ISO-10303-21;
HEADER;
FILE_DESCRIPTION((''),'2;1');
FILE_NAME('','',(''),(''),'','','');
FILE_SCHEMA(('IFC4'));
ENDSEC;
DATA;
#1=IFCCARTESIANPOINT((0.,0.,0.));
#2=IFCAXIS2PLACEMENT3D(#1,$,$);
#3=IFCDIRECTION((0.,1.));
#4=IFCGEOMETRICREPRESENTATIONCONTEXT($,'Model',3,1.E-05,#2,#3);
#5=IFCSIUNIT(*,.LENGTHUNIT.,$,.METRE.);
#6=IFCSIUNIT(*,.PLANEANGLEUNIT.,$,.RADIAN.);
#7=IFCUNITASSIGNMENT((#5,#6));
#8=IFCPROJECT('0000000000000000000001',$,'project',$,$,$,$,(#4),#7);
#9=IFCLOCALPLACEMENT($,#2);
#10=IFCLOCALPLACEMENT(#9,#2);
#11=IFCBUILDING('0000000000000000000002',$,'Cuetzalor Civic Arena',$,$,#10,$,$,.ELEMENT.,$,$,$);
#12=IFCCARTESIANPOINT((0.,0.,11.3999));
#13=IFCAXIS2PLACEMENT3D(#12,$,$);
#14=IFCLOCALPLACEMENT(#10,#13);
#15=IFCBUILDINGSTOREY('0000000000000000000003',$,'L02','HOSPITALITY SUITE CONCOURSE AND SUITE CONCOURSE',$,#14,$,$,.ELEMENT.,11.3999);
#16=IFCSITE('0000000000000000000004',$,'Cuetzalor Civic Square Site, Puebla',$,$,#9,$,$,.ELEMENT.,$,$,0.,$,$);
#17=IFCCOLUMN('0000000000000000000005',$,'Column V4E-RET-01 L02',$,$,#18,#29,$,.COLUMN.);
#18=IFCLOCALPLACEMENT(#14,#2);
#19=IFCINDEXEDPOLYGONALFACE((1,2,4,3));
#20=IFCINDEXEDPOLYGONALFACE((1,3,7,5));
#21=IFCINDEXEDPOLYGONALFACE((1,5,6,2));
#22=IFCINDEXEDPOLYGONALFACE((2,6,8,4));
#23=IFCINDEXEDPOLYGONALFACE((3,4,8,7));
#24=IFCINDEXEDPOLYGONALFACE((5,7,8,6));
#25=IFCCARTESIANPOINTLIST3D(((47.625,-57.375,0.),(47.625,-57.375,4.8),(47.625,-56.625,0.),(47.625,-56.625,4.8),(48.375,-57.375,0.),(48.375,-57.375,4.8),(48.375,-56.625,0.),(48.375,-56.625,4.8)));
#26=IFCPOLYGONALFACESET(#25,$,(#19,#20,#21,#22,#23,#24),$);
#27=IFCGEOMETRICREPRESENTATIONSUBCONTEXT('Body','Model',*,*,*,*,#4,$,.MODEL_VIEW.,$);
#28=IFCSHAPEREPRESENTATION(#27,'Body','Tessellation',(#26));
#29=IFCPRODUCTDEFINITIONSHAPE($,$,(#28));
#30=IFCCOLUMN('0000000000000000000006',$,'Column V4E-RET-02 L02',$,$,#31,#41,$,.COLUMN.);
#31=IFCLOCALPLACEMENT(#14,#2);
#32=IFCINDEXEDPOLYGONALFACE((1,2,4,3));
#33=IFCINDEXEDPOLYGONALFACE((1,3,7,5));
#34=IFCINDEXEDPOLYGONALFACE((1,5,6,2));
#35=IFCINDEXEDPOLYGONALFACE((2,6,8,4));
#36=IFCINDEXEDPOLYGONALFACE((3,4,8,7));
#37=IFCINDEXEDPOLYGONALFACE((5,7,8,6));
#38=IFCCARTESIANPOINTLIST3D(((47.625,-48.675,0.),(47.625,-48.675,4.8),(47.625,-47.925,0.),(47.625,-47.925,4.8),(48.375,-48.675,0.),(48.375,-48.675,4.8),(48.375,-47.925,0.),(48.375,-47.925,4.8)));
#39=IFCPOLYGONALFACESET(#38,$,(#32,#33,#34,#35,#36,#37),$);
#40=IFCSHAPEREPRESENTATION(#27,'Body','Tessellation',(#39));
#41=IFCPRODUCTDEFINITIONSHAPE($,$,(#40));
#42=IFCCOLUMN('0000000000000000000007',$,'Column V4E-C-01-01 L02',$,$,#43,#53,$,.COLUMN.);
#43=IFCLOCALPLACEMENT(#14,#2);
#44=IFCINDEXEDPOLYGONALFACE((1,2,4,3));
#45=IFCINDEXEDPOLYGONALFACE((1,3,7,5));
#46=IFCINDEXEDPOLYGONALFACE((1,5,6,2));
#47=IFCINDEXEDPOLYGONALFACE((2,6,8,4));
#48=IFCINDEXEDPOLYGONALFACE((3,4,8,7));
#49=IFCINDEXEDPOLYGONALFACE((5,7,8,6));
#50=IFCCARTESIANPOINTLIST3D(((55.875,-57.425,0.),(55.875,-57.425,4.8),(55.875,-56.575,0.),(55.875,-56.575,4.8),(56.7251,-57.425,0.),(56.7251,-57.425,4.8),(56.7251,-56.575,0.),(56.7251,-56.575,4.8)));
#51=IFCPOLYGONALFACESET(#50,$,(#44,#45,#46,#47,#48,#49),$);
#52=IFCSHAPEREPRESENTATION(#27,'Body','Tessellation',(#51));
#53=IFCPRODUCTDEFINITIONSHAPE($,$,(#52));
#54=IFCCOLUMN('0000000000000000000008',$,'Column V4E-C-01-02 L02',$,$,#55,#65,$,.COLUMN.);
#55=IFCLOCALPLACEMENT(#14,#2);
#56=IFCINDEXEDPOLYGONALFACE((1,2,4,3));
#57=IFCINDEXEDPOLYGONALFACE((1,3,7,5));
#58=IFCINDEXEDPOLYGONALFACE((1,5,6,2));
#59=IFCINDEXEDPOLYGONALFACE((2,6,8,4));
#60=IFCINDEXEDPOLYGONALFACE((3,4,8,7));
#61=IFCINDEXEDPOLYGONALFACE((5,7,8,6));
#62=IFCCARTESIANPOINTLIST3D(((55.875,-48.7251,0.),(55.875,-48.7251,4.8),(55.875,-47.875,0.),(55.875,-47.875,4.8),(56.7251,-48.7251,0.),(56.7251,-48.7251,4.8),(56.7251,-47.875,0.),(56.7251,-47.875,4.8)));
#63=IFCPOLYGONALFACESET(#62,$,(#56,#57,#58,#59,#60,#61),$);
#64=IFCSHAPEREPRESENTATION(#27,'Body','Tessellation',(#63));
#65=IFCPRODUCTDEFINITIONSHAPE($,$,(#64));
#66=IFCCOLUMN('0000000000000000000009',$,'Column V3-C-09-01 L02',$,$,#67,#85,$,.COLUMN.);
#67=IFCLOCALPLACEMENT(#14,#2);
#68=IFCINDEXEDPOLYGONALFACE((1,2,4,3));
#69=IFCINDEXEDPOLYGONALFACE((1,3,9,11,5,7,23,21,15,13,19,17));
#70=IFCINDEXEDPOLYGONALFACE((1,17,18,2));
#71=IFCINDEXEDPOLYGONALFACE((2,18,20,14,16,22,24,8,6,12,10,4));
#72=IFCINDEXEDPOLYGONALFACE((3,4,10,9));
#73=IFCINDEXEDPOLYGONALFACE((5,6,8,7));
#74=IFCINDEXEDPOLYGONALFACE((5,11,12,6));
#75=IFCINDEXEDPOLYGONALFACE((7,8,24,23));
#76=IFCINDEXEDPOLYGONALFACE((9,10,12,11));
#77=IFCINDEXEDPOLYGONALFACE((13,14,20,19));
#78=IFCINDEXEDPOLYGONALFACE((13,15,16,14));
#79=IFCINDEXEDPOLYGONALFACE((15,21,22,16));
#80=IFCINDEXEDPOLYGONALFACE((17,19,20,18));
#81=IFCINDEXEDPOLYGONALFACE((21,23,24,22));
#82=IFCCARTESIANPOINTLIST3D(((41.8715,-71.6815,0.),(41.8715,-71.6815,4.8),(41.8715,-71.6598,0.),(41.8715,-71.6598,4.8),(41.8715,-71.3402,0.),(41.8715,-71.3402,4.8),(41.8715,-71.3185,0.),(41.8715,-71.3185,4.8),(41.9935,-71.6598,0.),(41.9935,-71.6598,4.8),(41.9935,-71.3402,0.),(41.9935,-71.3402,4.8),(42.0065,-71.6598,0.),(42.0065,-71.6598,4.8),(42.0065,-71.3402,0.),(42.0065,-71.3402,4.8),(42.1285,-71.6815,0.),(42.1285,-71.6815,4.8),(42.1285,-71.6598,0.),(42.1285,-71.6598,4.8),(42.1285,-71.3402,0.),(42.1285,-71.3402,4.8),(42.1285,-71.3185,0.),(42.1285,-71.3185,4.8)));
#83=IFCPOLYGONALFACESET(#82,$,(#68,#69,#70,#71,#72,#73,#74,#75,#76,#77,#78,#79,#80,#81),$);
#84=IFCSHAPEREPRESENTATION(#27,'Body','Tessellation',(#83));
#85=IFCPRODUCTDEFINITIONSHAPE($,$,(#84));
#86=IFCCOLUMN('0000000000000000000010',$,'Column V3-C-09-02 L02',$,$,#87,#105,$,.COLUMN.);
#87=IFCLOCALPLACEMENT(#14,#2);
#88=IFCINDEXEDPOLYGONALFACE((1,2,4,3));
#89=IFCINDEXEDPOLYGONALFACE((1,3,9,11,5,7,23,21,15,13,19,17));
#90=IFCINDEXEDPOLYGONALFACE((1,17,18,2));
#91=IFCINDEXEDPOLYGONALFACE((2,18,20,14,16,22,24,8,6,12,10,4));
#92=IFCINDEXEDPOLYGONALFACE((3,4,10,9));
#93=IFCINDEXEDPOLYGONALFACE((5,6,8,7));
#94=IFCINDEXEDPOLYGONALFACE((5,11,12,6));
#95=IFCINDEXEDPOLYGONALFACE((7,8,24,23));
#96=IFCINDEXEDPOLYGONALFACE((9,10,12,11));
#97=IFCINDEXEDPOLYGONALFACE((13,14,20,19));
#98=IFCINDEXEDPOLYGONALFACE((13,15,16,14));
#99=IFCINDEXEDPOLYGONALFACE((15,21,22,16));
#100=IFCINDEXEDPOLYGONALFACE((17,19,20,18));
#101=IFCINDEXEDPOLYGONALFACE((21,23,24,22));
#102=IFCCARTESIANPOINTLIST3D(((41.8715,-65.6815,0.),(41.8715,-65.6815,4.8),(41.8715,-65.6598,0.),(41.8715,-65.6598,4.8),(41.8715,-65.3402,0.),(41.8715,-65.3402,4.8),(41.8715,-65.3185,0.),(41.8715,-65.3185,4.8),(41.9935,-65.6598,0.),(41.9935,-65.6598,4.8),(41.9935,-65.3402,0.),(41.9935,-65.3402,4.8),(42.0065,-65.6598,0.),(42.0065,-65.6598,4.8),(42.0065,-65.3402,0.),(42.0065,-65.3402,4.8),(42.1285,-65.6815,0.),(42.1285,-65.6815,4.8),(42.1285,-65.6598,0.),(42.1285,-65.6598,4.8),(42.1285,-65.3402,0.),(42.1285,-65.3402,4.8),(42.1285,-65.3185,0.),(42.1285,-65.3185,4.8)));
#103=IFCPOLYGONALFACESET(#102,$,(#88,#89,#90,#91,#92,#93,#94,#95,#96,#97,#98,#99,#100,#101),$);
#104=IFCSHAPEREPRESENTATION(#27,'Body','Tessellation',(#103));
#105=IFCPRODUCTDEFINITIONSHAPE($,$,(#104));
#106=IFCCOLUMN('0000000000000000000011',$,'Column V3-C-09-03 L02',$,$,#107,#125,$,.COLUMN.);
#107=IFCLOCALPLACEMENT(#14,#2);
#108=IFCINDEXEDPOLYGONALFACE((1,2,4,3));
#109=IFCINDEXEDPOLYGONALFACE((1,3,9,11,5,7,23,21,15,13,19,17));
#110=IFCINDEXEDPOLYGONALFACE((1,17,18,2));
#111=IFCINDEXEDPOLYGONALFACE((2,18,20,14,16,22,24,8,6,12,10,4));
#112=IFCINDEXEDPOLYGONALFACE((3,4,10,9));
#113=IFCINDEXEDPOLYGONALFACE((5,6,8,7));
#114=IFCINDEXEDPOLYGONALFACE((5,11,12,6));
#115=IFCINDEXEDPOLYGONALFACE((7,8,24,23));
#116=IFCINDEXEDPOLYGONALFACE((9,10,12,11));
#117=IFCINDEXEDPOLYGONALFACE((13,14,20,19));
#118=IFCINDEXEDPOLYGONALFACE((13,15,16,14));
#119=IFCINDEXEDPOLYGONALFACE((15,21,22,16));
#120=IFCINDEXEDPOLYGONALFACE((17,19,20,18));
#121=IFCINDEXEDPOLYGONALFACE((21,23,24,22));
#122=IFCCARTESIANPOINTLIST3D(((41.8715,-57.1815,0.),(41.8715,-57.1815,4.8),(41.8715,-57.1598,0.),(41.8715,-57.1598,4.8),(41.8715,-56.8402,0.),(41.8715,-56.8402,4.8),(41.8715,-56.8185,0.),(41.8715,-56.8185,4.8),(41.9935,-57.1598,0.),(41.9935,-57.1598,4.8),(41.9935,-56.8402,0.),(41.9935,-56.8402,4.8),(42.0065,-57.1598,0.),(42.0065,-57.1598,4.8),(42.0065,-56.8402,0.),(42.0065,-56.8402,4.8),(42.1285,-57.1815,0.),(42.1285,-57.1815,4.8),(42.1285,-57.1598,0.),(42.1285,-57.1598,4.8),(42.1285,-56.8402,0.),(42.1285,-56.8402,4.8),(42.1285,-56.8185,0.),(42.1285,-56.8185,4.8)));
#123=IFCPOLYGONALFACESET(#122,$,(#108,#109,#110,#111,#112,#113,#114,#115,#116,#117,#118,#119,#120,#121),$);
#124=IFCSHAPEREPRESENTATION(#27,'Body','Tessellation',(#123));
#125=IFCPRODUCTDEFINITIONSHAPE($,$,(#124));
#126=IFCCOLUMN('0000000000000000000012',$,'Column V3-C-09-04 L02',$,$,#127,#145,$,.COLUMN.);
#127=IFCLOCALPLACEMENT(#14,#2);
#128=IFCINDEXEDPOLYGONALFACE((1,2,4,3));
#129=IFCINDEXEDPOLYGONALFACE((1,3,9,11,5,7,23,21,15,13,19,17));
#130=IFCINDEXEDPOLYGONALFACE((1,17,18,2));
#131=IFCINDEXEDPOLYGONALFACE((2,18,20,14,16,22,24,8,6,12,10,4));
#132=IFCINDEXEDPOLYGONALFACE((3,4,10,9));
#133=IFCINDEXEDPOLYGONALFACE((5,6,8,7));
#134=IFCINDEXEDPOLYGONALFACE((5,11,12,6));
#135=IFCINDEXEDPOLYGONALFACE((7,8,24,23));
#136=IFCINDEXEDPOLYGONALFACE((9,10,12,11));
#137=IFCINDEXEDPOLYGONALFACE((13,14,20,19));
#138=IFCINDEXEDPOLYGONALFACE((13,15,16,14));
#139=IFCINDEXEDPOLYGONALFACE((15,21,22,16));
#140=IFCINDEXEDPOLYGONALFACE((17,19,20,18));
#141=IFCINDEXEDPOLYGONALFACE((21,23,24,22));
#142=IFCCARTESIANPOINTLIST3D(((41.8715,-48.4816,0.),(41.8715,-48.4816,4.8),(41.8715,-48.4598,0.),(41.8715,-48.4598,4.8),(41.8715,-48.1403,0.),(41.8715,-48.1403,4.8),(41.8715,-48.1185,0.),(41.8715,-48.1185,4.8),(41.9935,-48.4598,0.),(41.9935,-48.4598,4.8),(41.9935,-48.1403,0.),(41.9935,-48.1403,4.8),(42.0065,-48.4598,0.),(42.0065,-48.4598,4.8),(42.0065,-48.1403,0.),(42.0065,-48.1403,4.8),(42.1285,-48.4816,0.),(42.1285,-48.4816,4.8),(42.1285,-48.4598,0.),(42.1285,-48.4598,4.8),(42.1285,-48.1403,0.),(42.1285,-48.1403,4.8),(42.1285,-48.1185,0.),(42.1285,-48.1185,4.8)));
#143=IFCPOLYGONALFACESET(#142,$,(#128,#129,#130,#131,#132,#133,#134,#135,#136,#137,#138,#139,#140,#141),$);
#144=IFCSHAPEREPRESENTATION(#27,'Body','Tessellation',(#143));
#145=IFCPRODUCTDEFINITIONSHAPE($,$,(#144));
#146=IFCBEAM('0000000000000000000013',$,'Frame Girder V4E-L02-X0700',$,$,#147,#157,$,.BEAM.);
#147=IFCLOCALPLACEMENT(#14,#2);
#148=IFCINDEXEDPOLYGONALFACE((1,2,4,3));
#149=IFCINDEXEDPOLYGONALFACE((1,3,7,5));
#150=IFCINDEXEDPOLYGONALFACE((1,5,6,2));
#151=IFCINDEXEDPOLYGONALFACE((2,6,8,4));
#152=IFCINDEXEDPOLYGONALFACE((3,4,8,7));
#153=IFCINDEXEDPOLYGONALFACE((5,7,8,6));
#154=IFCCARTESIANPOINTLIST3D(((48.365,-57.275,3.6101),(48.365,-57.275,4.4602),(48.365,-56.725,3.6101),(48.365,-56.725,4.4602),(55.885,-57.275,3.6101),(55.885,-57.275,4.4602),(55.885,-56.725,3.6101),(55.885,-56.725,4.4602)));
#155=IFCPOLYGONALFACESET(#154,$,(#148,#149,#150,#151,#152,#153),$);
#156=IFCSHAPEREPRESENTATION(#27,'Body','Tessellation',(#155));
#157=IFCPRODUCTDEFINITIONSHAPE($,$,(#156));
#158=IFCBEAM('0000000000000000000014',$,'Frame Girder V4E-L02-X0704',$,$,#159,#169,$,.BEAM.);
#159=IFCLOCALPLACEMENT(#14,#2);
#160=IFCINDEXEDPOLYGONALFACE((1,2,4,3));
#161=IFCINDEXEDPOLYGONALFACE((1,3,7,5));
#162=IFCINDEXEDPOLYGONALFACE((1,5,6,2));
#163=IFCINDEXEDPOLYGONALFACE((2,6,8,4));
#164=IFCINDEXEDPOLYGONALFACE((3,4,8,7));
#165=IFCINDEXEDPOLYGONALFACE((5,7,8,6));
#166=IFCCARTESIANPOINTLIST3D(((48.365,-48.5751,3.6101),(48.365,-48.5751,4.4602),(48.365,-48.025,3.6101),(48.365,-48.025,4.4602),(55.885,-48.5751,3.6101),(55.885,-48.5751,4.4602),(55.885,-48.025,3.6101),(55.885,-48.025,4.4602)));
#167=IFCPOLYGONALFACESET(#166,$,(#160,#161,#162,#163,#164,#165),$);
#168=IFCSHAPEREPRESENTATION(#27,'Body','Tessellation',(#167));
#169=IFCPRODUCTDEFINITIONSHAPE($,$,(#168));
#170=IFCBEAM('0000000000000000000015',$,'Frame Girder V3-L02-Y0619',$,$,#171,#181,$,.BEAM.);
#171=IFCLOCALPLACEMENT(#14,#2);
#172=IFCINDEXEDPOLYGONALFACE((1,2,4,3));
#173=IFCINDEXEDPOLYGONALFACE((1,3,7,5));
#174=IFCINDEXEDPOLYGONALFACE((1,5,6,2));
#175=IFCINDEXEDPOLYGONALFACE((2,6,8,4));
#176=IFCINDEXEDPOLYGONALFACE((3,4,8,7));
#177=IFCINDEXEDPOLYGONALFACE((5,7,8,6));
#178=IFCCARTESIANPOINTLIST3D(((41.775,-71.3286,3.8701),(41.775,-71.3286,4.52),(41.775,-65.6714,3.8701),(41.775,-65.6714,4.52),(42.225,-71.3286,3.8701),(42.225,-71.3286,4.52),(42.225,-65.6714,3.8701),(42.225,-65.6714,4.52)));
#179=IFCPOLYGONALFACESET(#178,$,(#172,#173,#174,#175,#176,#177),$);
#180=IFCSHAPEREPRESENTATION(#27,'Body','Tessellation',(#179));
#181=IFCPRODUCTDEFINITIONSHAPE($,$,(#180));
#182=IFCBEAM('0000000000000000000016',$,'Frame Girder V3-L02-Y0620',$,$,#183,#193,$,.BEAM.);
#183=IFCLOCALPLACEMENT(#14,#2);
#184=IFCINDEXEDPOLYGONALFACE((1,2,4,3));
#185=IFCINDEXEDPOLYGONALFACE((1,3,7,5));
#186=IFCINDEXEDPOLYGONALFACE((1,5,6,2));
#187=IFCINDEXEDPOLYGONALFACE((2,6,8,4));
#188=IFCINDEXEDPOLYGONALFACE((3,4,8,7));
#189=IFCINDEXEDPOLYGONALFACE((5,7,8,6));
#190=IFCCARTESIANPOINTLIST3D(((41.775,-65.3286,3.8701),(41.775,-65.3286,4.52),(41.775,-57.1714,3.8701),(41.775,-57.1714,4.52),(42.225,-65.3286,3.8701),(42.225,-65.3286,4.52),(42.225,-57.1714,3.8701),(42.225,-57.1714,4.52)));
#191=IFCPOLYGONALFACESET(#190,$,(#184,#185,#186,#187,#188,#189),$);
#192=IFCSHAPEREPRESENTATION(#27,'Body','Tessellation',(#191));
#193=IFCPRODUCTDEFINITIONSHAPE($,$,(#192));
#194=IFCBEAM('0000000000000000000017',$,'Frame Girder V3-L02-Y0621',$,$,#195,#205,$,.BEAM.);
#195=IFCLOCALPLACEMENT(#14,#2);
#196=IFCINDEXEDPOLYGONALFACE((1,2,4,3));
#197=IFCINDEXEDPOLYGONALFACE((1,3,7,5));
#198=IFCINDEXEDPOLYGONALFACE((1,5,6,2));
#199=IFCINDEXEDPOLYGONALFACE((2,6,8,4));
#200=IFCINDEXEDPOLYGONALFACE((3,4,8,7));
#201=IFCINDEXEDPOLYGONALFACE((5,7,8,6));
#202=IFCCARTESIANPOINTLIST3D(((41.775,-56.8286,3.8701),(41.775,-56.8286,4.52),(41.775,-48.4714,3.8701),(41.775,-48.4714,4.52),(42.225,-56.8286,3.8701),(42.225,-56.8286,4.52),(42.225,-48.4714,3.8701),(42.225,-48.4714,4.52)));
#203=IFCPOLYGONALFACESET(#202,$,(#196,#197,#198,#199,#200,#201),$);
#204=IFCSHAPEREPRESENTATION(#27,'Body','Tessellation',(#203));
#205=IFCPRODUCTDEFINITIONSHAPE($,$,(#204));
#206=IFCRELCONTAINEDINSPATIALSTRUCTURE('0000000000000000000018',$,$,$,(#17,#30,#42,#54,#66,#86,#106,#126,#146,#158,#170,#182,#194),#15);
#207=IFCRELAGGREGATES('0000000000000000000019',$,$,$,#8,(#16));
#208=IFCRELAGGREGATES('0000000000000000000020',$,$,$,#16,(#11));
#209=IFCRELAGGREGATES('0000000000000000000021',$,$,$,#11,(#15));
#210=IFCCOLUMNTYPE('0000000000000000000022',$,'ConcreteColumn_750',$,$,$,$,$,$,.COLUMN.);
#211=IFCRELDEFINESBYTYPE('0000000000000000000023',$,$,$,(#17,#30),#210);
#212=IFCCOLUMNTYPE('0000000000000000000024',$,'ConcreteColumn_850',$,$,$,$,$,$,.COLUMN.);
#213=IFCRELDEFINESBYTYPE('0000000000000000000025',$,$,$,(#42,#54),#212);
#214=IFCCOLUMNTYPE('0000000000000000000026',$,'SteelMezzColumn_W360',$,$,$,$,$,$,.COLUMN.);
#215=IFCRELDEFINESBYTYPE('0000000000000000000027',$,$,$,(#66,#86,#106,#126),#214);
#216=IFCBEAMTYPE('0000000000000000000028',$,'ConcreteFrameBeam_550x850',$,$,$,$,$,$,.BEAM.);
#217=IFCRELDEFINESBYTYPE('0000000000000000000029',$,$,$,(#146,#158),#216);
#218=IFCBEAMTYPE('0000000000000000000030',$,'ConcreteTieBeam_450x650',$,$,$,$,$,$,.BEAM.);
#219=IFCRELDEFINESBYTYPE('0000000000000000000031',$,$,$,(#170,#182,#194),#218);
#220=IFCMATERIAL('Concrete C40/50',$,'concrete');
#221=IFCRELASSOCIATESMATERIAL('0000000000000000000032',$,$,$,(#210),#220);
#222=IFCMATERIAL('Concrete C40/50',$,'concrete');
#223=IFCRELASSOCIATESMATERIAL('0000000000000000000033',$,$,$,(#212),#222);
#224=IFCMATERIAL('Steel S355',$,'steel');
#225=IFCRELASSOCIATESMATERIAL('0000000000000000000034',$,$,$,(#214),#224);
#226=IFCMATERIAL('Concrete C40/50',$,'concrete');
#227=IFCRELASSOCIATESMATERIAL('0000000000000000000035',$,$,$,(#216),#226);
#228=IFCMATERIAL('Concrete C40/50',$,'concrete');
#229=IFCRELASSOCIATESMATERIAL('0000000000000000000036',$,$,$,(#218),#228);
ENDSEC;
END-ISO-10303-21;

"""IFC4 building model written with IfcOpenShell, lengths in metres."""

from ifc_helpers import new_model, si_unit, direction, frame, origin, origin_2d, place, context, subcontext, project, spatial, rectangle, i_section, extrude, material, material_profile, profile_set, type_object, element, save


model = new_model("IFC4")

# Units and contexts
model_context = context("Model", 3, precision=1e-05, world=origin(), true_north=direction((0.0, 1.0)))
body_context = subcontext(model_context, "Body", "Model", "MODEL_VIEW")
ifc_project = project(units=[si_unit("LENGTHUNIT", "METRE"), si_unit("PLANEANGLEUNIT", "RADIAN")], contexts=[model_context])

# Site, building, storey
site_placement = place(None, origin())
site = spatial("IfcSite", under=ifc_project, at=site_placement, Name="Cuetzalor Civic Square Site, Puebla", CompositionType="ELEMENT", RefElevation=0.0)
building_placement = place(site_placement, origin())
building = spatial("IfcBuilding", under=site, at=building_placement, Name="Cuetzalor Civic Arena", CompositionType="ELEMENT")
storey_placement = place(building_placement, frame((0.0, 0.0, 11.3999)))
storey = spatial("IfcBuildingStorey", under=building, at=storey_placement, Name="L02", Description="HOSPITALITY SUITE CONCOURSE AND SUITE CONCOURSE", CompositionType="ELEMENT", Elevation=11.3999)

# Columns
ifc_material_1 = material(Name="Concrete C40/50", Category="concrete")
ifc_material_profile_1 = material_profile(ifc_material_1, rectangle(XDim=0.75, YDim=0.75, at=origin_2d()), Name="RC 750x750")
ifc_profile_set_1 = profile_set([ifc_material_profile_1], Name="Concrete C40/50")
column_type_1 = type_object("IfcColumnType", Name="ConcreteColumn_750", PredefinedType="COLUMN", material=ifc_profile_set_1)
for number, where, z_axis, x_axis, name in (
    (1, (48.0, -57.0, 0.0), (0.0, 0.0, 1.0), (1.0, 0.0, 0.0), "Column V4E-RET-01 L02"),
    (2, (48.0, -48.3, 0.0), (0.0, 0.0, 1.0), (1.0, 0.0, 0.0), "Column V4E-RET-02 L02"),
):
    element("IfcColumn", number, at=place(storey_placement, frame(where, z_axis=z_axis, x_axis=x_axis)), inside=storey, type_object=column_type_1, Name=name, PredefinedType="COLUMN", context=body_context, shape_type="SweptSolid", body=[
        extrude(rectangle(XDim=0.75, YDim=0.75, at=origin_2d()), origin(), (0.0, 0.0, 1.0), 4.8),
    ])
ifc_material_2 = material(Name="Concrete C40/50", Category="concrete")
ifc_material_profile_2 = material_profile(ifc_material_2, rectangle(XDim=0.8501, YDim=0.8501, at=origin_2d()), Name="RC 850x850")
ifc_profile_set_2 = profile_set([ifc_material_profile_2], Name="Concrete C40/50")
column_type_2 = type_object("IfcColumnType", Name="ConcreteColumn_850", PredefinedType="COLUMN", material=ifc_profile_set_2)
for number, where, z_axis, x_axis, name in (
    (3, (56.3, -57.0, 0.0), (0.0, 0.0, 1.0), (1.0, 0.0, 0.0), "Column V4E-C-01-01 L02"),
    (4, (56.3, -48.3, 0.0), (0.0, 0.0, 1.0), (1.0, 0.0, 0.0), "Column V4E-C-01-02 L02"),
):
    element("IfcColumn", number, at=place(storey_placement, frame(where, z_axis=z_axis, x_axis=x_axis)), inside=storey, type_object=column_type_2, Name=name, PredefinedType="COLUMN", context=body_context, shape_type="SweptSolid", body=[
        extrude(rectangle(XDim=0.8501, YDim=0.8501, at=origin_2d()), origin(), (0.0, 0.0, 1.0), 4.8),
    ])
ifc_material_3 = material(Name="Steel S355", Category="steel")
ifc_material_profile_3 = material_profile(ifc_material_3, i_section(OverallWidth=0.2571, OverallDepth=0.363, WebThickness=0.0129, FlangeThickness=0.0217, at=origin_2d()), Name="W360x122")
ifc_profile_set_3 = profile_set([ifc_material_profile_3], Name="Steel S355")
column_type_3 = type_object("IfcColumnType", Name="SteelMezzColumn_W360", PredefinedType="COLUMN", material=ifc_profile_set_3)
for number, where, z_axis, x_axis, name in (
    (5, (42.0, -71.5, 0.0), (0.0, 0.0, 1.0), (1.0, 0.0, 0.0), "Column V3-C-09-01 L02"),
    (6, (42.0, -65.5, 0.0), (0.0, 0.0, 1.0), (1.0, 0.0, 0.0), "Column V3-C-09-02 L02"),
    (7, (42.0, -57.0, 0.0), (0.0, 0.0, 1.0), (1.0, 0.0, 0.0), "Column V3-C-09-03 L02"),
    (8, (42.0, -48.3, 0.0), (0.0, 0.0, 1.0), (1.0, 0.0, 0.0), "Column V3-C-09-04 L02"),
):
    element("IfcColumn", number, at=place(storey_placement, frame(where, z_axis=z_axis, x_axis=x_axis)), inside=storey, type_object=column_type_3, Name=name, PredefinedType="COLUMN", context=body_context, shape_type="SweptSolid", body=[
        extrude(i_section(OverallWidth=0.2571, OverallDepth=0.363, WebThickness=0.0129, FlangeThickness=0.0217, at=origin_2d()), origin(), (0.0, 0.0, 1.0), 4.8),
    ])

# Beams
ifc_material_4 = material(Name="Concrete C40/50", Category="concrete")
ifc_material_profile_4 = material_profile(ifc_material_4, rectangle(XDim=0.55, YDim=0.8501, at=origin_2d()), Name="RC 550x850")
ifc_profile_set_4 = profile_set([ifc_material_profile_4], Name="Concrete C40/50")
beam_type_1 = type_object("IfcBeamType", Name="ConcreteFrameBeam_550x850", PredefinedType="BEAM", material=ifc_profile_set_4)
for number, where, z_axis, x_axis, name in (
    (9, (48.365, -57.0, 4.0352), (1.0, 0.0, 0.0), (0.0, 1.0, 0.0), "Frame Girder V4E-L02-X0700"),
    (10, (48.365, -48.3, 4.0352), (1.0, 0.0, 0.0), (0.0, 1.0, 0.0), "Frame Girder V4E-L02-X0704"),
):
    element("IfcBeam", number, at=place(storey_placement, frame(where, z_axis=z_axis, x_axis=x_axis)), inside=storey, type_object=beam_type_1, Name=name, PredefinedType="BEAM", context=body_context, shape_type="SweptSolid", body=[
        extrude(rectangle(XDim=0.55, YDim=0.8501, at=origin_2d()), origin(), (0.0, 0.0, 1.0), 7.52),
    ])
ifc_material_5 = material(Name="Concrete C40/50", Category="concrete")
ifc_material_profile_5 = material_profile(ifc_material_5, rectangle(XDim=0.45, YDim=0.6499, at=origin_2d()), Name="RC 450x650")
ifc_profile_set_5 = profile_set([ifc_material_profile_5], Name="Concrete C40/50")
beam_type_2 = type_object("IfcBeamType", Name="ConcreteTieBeam_450x650", PredefinedType="BEAM", material=ifc_profile_set_5)
beam_1_placement = place(storey_placement, frame((42.0, -71.3286, 4.1951), z_axis=(0.0, 1.0, 0.0), x_axis=(-1.0, 0.0, 0.0)))
element("IfcBeam", 11, at=beam_1_placement, inside=storey, type_object=beam_type_2, Name="Frame Girder V3-L02-Y0619", PredefinedType="BEAM", context=body_context, shape_type="SweptSolid", body=[
    extrude(rectangle(XDim=0.45, YDim=0.6499, at=origin_2d()), origin(), (0.0, 0.0, 1.0), 5.6572),
])
beam_2_placement = place(storey_placement, frame((42.0, -65.3286, 4.1951), z_axis=(0.0, 1.0, 0.0), x_axis=(-1.0, 0.0, 0.0)))
element("IfcBeam", 12, at=beam_2_placement, inside=storey, type_object=beam_type_2, Name="Frame Girder V3-L02-Y0620", PredefinedType="BEAM", context=body_context, shape_type="SweptSolid", body=[
    extrude(rectangle(XDim=0.45, YDim=0.6499, at=origin_2d()), origin(), (0.0, 0.0, 1.0), 8.1572),
])
beam_3_placement = place(storey_placement, frame((42.0, -56.8286, 4.1951), z_axis=(0.0, 1.0, 0.0), x_axis=(-1.0, 0.0, 0.0)))
element("IfcBeam", 13, at=beam_3_placement, inside=storey, type_object=beam_type_2, Name="Frame Girder V3-L02-Y0621", PredefinedType="BEAM", context=body_context, shape_type="SweptSolid", body=[
    extrude(rectangle(XDim=0.45, YDim=0.6499, at=origin_2d()), origin(), (0.0, 0.0, 1.0), 8.3572),
])

save(model, "model.ifc")
